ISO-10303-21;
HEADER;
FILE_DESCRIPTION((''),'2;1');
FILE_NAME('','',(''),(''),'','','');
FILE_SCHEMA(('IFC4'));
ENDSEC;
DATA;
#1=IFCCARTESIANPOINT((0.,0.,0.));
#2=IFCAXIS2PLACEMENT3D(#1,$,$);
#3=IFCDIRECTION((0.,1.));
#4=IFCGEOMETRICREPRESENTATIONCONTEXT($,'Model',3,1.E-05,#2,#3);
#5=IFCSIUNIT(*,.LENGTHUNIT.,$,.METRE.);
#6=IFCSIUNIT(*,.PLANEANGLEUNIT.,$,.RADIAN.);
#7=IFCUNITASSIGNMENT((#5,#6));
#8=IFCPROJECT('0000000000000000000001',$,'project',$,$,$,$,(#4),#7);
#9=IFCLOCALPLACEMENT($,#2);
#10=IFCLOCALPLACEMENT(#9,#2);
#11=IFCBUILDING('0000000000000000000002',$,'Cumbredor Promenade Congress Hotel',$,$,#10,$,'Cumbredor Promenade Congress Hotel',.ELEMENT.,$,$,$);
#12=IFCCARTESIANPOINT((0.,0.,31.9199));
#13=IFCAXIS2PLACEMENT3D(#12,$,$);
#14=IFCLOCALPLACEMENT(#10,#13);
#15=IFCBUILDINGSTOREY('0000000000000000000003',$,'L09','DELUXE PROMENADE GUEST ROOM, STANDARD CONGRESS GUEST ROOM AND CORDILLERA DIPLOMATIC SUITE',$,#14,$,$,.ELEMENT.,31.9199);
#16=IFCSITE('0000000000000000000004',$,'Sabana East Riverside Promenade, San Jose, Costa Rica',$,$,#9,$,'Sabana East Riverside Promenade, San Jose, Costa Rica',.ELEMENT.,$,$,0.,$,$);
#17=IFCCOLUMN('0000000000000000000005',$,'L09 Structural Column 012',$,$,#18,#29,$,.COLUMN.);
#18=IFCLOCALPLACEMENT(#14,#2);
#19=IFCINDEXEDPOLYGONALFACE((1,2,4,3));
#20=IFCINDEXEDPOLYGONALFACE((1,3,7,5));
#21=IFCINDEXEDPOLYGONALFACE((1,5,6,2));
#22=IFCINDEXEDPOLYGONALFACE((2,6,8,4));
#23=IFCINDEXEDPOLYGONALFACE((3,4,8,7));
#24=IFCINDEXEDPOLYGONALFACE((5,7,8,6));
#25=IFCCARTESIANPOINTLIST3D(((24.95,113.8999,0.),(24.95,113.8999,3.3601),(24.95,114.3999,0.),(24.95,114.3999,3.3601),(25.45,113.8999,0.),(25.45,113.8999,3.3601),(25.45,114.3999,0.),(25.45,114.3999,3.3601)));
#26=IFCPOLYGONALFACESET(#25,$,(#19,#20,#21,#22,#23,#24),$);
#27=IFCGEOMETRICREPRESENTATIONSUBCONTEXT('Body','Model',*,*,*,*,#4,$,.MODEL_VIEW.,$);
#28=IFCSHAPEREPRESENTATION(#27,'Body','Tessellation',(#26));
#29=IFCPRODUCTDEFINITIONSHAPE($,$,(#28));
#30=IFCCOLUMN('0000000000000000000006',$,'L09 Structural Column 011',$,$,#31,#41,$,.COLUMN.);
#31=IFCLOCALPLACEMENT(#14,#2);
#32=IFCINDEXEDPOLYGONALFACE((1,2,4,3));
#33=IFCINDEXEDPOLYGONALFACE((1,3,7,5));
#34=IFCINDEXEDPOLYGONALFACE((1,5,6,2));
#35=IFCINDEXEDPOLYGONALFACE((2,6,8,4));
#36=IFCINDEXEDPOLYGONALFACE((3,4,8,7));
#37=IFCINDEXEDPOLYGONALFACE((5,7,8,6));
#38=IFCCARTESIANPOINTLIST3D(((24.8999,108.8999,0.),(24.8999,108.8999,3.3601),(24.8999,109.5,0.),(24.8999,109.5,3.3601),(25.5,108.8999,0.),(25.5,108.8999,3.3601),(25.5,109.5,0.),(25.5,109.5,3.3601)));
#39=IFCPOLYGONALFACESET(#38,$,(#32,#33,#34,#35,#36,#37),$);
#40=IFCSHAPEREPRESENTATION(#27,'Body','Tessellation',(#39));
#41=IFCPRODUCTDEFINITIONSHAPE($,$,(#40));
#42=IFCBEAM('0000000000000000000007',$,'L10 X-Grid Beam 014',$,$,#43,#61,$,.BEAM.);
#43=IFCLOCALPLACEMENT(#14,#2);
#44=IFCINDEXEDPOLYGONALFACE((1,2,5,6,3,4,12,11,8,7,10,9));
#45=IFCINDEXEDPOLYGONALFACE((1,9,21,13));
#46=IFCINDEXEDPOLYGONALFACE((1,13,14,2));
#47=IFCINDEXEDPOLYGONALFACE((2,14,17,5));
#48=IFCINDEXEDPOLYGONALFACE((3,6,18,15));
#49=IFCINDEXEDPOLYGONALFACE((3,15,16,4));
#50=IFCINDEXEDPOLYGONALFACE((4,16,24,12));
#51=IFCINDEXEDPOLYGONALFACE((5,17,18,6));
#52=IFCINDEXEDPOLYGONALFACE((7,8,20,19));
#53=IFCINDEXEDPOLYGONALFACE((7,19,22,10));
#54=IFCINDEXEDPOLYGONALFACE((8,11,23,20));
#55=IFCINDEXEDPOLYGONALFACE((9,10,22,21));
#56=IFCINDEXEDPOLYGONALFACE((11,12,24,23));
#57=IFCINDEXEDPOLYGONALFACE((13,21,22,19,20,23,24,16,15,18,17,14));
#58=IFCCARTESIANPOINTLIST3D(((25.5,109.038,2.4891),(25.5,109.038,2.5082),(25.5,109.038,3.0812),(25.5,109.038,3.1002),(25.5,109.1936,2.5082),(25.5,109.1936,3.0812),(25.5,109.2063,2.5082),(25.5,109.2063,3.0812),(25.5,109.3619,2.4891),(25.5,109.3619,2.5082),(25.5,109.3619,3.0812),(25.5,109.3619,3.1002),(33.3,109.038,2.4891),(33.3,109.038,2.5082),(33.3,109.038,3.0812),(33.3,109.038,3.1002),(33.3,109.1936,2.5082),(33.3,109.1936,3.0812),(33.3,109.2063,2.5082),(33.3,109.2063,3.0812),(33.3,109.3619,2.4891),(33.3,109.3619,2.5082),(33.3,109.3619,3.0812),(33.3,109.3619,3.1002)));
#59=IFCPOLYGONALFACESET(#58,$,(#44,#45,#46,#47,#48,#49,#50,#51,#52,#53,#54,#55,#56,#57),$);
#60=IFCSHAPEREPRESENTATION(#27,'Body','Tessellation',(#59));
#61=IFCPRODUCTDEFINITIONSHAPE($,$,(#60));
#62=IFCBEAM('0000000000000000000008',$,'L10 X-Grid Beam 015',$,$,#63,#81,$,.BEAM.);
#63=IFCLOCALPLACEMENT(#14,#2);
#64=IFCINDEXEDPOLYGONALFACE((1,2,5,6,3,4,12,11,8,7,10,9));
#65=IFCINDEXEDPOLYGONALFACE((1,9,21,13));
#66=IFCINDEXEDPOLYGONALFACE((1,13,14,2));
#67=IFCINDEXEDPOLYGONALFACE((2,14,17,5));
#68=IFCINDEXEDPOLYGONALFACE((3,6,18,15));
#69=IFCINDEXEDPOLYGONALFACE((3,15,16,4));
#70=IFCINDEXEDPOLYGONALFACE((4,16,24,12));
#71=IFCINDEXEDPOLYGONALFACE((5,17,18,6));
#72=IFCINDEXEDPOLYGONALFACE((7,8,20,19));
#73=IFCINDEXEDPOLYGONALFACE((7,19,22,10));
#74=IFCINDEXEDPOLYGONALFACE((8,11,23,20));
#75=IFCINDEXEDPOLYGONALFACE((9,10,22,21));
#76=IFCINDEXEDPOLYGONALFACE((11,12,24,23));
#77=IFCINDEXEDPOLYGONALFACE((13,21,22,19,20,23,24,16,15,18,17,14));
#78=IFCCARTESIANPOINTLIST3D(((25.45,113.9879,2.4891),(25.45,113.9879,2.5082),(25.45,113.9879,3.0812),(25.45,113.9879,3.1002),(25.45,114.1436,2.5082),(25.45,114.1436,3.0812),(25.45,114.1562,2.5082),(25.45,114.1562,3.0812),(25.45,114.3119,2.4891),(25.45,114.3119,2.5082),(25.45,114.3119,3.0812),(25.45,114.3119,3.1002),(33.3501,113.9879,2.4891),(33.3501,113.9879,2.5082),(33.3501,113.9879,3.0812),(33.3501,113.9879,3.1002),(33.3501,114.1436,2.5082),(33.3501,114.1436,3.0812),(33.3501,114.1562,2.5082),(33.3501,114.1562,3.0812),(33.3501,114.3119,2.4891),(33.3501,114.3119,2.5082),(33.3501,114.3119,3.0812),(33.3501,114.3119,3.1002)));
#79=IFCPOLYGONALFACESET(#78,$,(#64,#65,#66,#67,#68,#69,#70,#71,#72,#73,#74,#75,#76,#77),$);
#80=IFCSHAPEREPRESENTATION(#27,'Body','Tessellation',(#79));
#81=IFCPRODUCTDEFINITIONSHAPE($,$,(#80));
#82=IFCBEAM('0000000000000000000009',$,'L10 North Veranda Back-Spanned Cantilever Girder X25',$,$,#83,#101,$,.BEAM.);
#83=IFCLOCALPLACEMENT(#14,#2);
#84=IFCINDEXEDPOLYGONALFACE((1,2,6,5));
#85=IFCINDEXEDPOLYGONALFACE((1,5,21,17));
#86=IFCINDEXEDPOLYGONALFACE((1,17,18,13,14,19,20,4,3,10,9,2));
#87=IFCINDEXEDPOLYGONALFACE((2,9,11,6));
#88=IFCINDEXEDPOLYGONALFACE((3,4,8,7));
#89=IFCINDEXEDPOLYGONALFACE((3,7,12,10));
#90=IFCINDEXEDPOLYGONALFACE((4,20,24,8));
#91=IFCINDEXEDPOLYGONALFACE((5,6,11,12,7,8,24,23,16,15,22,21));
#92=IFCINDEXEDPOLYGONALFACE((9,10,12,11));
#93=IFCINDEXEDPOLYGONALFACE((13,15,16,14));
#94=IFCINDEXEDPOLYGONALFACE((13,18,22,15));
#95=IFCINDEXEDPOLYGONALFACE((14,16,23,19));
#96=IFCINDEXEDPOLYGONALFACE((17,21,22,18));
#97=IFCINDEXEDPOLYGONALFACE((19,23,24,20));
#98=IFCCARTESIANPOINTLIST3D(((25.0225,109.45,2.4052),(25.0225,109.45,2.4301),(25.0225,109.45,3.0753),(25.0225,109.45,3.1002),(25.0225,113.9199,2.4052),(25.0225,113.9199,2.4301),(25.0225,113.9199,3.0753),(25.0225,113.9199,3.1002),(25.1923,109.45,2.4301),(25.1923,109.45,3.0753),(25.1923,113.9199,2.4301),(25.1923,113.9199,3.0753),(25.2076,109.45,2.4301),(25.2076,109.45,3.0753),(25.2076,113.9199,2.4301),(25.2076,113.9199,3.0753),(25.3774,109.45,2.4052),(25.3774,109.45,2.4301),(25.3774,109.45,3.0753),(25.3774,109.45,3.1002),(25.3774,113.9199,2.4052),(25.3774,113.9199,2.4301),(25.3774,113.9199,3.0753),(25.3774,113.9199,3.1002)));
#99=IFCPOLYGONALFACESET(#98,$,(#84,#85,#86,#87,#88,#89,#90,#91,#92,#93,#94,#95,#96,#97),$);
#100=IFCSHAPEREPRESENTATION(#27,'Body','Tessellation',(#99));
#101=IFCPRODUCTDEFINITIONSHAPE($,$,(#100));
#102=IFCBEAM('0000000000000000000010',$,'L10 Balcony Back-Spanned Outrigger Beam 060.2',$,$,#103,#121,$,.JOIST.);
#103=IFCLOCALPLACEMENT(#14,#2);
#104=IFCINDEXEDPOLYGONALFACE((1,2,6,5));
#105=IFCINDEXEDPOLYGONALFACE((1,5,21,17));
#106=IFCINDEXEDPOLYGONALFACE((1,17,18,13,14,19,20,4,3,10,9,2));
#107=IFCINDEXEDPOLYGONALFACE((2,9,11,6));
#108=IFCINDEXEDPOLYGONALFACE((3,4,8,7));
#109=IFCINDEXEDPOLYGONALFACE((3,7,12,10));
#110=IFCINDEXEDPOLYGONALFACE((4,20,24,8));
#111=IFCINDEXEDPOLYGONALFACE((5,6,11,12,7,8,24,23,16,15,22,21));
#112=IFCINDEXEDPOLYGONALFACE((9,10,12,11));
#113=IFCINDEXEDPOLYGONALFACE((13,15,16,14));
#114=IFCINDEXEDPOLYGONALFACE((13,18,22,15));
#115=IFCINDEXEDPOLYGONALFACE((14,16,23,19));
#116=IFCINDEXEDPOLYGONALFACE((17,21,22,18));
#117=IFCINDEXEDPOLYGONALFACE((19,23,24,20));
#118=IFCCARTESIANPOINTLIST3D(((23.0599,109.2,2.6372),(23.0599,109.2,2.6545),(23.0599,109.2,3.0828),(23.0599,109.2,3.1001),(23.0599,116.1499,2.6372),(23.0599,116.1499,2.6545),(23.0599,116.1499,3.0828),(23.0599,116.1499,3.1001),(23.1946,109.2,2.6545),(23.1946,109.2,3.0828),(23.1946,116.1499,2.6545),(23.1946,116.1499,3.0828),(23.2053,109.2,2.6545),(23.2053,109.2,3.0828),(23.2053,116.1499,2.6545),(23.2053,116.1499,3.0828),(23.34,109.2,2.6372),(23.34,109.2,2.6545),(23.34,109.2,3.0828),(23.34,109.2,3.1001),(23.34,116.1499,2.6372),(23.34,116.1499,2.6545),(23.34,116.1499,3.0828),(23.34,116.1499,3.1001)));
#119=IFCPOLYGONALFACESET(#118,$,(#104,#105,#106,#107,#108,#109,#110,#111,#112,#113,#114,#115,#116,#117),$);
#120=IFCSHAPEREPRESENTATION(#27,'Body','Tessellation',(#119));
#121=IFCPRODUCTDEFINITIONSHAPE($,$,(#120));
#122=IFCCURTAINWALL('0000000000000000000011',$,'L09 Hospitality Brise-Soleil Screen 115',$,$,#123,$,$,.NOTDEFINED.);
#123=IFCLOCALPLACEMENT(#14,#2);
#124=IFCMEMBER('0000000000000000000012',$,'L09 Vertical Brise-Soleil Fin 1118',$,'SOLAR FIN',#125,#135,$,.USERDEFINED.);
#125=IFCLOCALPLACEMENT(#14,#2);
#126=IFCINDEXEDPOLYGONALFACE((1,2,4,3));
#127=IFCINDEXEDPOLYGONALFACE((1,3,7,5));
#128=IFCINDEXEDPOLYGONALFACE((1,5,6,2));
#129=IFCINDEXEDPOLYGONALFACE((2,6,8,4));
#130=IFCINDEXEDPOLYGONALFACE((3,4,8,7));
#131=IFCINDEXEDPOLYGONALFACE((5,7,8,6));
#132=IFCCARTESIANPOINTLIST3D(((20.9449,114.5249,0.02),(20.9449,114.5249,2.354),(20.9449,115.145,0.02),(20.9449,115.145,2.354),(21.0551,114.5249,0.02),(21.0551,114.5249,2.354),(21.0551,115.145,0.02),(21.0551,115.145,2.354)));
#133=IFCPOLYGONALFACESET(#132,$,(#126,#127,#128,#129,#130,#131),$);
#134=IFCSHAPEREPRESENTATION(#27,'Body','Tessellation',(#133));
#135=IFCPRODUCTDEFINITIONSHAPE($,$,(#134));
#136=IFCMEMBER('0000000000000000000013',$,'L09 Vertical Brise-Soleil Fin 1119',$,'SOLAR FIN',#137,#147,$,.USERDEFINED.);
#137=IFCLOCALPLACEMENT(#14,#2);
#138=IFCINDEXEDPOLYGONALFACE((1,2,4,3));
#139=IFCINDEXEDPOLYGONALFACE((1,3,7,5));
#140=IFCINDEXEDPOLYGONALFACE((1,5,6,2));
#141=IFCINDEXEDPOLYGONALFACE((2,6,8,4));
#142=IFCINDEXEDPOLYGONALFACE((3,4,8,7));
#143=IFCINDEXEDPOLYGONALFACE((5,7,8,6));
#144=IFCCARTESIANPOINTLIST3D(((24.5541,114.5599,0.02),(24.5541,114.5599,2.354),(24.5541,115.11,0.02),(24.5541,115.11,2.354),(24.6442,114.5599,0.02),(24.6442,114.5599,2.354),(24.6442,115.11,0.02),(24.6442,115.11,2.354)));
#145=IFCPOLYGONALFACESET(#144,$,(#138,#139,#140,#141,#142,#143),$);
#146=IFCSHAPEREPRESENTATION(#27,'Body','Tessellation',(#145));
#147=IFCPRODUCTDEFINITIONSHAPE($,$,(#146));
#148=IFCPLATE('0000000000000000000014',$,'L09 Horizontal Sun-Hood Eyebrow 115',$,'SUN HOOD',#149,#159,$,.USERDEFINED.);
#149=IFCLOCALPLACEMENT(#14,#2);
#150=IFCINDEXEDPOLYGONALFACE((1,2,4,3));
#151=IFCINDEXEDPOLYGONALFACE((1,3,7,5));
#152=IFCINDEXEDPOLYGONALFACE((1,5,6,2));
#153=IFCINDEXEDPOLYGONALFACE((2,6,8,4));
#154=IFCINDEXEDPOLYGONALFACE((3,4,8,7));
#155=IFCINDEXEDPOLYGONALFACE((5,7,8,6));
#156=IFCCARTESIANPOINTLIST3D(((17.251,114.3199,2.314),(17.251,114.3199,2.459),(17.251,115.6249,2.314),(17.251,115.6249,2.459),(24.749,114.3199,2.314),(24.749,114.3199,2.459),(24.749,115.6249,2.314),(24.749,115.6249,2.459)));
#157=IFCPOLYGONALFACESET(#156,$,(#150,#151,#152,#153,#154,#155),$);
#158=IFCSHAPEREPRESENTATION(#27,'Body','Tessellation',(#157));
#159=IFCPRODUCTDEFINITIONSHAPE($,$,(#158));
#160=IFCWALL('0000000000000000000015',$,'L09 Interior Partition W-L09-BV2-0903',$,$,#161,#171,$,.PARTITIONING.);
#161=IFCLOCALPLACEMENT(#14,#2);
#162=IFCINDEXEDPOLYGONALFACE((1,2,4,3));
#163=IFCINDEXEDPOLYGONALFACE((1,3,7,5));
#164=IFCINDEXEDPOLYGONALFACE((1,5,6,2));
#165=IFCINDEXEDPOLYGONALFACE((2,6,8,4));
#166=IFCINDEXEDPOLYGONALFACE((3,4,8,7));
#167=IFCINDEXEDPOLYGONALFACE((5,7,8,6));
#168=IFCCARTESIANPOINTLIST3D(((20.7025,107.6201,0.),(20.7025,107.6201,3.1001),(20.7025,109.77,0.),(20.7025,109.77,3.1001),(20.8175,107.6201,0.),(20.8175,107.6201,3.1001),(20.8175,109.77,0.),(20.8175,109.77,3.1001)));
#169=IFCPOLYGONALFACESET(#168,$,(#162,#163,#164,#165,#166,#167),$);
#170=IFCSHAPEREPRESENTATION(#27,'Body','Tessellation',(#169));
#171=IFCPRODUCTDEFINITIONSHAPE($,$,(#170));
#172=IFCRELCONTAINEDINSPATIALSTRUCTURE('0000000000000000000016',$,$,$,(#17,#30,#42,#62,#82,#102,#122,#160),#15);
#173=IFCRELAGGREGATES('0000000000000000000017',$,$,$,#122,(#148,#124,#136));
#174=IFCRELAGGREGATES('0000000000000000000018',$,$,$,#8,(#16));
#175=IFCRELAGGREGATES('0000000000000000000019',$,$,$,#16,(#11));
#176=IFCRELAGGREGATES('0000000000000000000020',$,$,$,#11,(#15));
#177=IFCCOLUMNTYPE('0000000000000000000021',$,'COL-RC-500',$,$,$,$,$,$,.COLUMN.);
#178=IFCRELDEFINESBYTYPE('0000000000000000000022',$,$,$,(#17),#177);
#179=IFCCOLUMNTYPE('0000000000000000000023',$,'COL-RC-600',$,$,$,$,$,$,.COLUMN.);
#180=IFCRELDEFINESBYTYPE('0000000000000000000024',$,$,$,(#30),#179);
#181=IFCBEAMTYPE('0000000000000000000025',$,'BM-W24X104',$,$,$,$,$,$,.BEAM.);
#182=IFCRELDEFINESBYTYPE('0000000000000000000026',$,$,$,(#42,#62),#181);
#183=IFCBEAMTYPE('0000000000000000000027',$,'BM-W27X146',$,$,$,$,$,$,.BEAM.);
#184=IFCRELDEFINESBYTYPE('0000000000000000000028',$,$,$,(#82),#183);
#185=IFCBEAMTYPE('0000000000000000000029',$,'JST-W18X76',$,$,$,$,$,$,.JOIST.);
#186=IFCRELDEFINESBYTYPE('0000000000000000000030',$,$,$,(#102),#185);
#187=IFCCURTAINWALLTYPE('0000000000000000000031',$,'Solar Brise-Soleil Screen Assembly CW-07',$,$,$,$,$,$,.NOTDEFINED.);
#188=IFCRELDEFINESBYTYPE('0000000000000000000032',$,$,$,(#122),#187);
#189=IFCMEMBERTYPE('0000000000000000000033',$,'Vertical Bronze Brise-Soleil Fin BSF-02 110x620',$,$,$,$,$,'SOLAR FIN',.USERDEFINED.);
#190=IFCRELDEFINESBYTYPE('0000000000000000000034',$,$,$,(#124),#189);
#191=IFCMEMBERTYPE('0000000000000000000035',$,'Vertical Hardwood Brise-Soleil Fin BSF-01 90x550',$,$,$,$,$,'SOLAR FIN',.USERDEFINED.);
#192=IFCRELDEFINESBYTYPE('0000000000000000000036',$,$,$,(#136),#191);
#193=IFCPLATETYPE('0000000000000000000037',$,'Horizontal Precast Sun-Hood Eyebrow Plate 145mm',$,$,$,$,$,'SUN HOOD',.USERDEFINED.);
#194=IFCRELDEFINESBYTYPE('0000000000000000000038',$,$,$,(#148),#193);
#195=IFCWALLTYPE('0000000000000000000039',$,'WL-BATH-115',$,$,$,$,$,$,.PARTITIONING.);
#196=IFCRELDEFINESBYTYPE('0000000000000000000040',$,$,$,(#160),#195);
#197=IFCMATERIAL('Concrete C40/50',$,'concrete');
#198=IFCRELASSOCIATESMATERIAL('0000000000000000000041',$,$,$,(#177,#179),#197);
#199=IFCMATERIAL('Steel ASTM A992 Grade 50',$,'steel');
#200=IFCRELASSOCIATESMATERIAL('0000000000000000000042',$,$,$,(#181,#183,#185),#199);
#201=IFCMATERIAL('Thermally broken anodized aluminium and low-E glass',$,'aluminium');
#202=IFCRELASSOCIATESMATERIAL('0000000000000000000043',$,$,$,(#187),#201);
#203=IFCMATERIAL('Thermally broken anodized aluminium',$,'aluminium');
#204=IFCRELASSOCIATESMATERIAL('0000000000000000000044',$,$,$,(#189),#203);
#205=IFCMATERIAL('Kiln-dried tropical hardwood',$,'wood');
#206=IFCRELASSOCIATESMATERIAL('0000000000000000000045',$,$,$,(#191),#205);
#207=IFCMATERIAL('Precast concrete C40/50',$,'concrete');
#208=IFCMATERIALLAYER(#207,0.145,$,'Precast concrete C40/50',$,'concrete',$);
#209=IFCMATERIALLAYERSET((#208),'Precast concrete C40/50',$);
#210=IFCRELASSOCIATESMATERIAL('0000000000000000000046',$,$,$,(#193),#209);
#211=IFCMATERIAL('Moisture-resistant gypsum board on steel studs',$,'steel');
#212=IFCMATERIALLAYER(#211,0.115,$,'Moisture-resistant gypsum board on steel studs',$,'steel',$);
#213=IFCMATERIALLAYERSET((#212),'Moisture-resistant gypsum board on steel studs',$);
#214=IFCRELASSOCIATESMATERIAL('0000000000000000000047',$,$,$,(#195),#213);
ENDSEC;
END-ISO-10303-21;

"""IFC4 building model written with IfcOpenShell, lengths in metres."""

from ifc_helpers import new_model, si_unit, direction, frame, frame_2d, origin, origin_2d, place, context, subcontext, project, spatial, rectangle, i_section, extrude, material, layer, layer_set, material_profile, profile_set, type_object, element, aggregate, save


model = new_model("IFC4")

# Units and contexts
model_context = context("Model", 3, precision=1e-05, world=origin(), true_north=direction((0.0, 1.0)))
body_context = subcontext(model_context, "Body", "Model", "MODEL_VIEW")
ifc_project = project(units=[si_unit("LENGTHUNIT", "METRE"), si_unit("PLANEANGLEUNIT", "RADIAN")], contexts=[model_context])

# Site, building, storey
site_placement = place(None, origin())
site = spatial("IfcSite", under=ifc_project, at=site_placement, Name="Sabana East Riverside Promenade, San Jose, Costa Rica", LongName="Sabana East Riverside Promenade, San Jose, Costa Rica", CompositionType="ELEMENT", RefElevation=0.0)
building_placement = place(site_placement, origin())
building = spatial("IfcBuilding", under=site, at=building_placement, Name="Cumbredor Promenade Congress Hotel", LongName="Cumbredor Promenade Congress Hotel", CompositionType="ELEMENT")
storey_placement = place(building_placement, frame((0.0, 0.0, 31.9199)))
storey = spatial("IfcBuildingStorey", under=building, at=storey_placement, Name="L09", Description="DELUXE PROMENADE GUEST ROOM, STANDARD CONGRESS GUEST ROOM AND CORDILLERA DIPLOMATIC SUITE", CompositionType="ELEMENT", Elevation=31.9199)

# Columns
ifc_material_1 = material(Name="Concrete C40/50", Category="concrete")
ifc_material_profile_1 = material_profile(ifc_material_1, rectangle(XDim=0.5, YDim=0.5, at=origin_2d()), Name="RC 500x500")
ifc_profile_set_1 = profile_set([ifc_material_profile_1], Name="Concrete C40/50")
column_type_1 = type_object("IfcColumnType", Name="COL-RC-500", PredefinedType="COLUMN", material=ifc_profile_set_1)
column_1_placement = place(storey_placement, frame((25.2, 114.1499, 0.0), z_axis=(0.0, 0.0, 1.0), x_axis=(1.0, 0.0, 0.0)))
element("IfcColumn", 1, at=column_1_placement, inside=storey, type_object=column_type_1, Name="L09 Structural Column 012", PredefinedType="COLUMN", context=body_context, shape_type="SweptSolid", body=[
    extrude(rectangle(XDim=0.5, YDim=0.5, at=origin_2d()), origin(), (0.0, 0.0, 1.0), 3.3601),
])
ifc_material_profile_2 = material_profile(ifc_material_1, rectangle(XDim=0.6001, YDim=0.6001, at=origin_2d()), Name="RC 600x600")
ifc_profile_set_2 = profile_set([ifc_material_profile_2], Name="Concrete C40/50")
column_type_2 = type_object("IfcColumnType", Name="COL-RC-600", PredefinedType="COLUMN", material=ifc_profile_set_2)
column_2_placement = place(storey_placement, frame((25.2, 109.2, 0.0), z_axis=(0.0, 0.0, 1.0), x_axis=(1.0, 0.0, 0.0)))
element("IfcColumn", 2, at=column_2_placement, inside=storey, type_object=column_type_2, Name="L09 Structural Column 011", PredefinedType="COLUMN", context=body_context, shape_type="SweptSolid", body=[
    extrude(rectangle(XDim=0.6001, YDim=0.6001, at=origin_2d()), origin(), (0.0, 0.0, 1.0), 3.3601),
])

# Beams
ifc_material_2 = material(Name="Steel ASTM A992 Grade 50", Category="steel")
ifc_material_profile_3 = material_profile(ifc_material_2, i_section(OverallWidth=0.324, OverallDepth=0.6111, WebThickness=0.0127, FlangeThickness=0.019, at=origin_2d()), Name="W24X104")
ifc_profile_set_3 = profile_set([ifc_material_profile_3], Name="Steel ASTM A992 Grade 50")
beam_type_1 = type_object("IfcBeamType", Name="BM-W24X104", PredefinedType="BEAM", material=ifc_profile_set_3)
beam_1_placement = place(storey_placement, frame((25.5, 109.2, 2.7947), z_axis=(1.0, 0.0, 0.0), x_axis=(0.0, 1.0, 0.0)))
element("IfcBeam", 3, at=beam_1_placement, inside=storey, type_object=beam_type_1, Name="L10 X-Grid Beam 014", PredefinedType="BEAM", context=body_context, shape_type="SweptSolid", body=[
    extrude(i_section(OverallWidth=0.324, OverallDepth=0.6111, WebThickness=0.0127, FlangeThickness=0.019, at=origin_2d()), origin(), (0.0, 0.0, 1.0), 7.8),
])
beam_2_placement = place(storey_placement, frame((25.45, 114.1499, 2.7947), z_axis=(1.0, 0.0, 0.0), x_axis=(0.0, 1.0, 0.0)))
element("IfcBeam", 4, at=beam_2_placement, inside=storey, type_object=beam_type_1, Name="L10 X-Grid Beam 015", PredefinedType="BEAM", context=body_context, shape_type="SweptSolid", body=[
    extrude(i_section(OverallWidth=0.324, OverallDepth=0.6111, WebThickness=0.0127, FlangeThickness=0.019, at=origin_2d()), origin(), (0.0, 0.0, 1.0), 7.9001),
])
ifc_material_profile_4 = material_profile(ifc_material_2, i_section(OverallWidth=0.355, OverallDepth=0.6951, WebThickness=0.0154, FlangeThickness=0.0249, at=origin_2d()), Name="W27X146")
ifc_profile_set_4 = profile_set([ifc_material_profile_4], Name="Steel ASTM A992 Grade 50")
beam_type_2 = type_object("IfcBeamType", Name="BM-W27X146", PredefinedType="BEAM", material=ifc_profile_set_4)
beam_3_placement = place(storey_placement, frame((25.2, 109.45, 2.7527), z_axis=(0.0, 1.0, 0.0), x_axis=(-1.0, 0.0, 0.0)))
element("IfcBeam", 5, at=beam_3_placement, inside=storey, type_object=beam_type_2, Name="L10 North Veranda Back-Spanned Cantilever Girder X25", PredefinedType="BEAM", context=body_context, shape_type="SweptSolid", body=[
    extrude(i_section(OverallWidth=0.355, OverallDepth=0.6951, WebThickness=0.0154, FlangeThickness=0.0249, at=origin_2d()), origin(), (0.0, 0.0, 1.0), 4.47),
])
ifc_material_profile_5 = material_profile(ifc_material_2, i_section(OverallWidth=0.28, OverallDepth=0.4629, WebThickness=0.0107, FlangeThickness=0.0173, at=origin_2d()), Name="W18X76")
ifc_profile_set_5 = profile_set([ifc_material_profile_5], Name="Steel ASTM A992 Grade 50")
beam_type_3 = type_object("IfcBeamType", Name="JST-W18X76", PredefinedType="JOIST", material=ifc_profile_set_5)
beam_4_placement = place(storey_placement, frame((23.2, 109.2, 2.8687), z_axis=(0.0, 1.0, 0.0), x_axis=(-1.0, 0.0, 0.0)))
element("IfcBeam", 6, at=beam_4_placement, inside=storey, type_object=beam_type_3, Name="L10 Balcony Back-Spanned Outrigger Beam 060.2", PredefinedType="JOIST", context=body_context, shape_type="SweptSolid", body=[
    extrude(i_section(OverallWidth=0.28, OverallDepth=0.4629, WebThickness=0.0107, FlangeThickness=0.0173, at=origin_2d()), origin(), (0.0, 0.0, 1.0), 6.95),
])

# Curtain wall, members, plate
ifc_material_3 = material(Name="Thermally broken anodized aluminium and low-E glass", Category="aluminium")
curtain_wall_type = type_object("IfcCurtainWallType", Name="Solar Brise-Soleil Screen Assembly CW-07", PredefinedType="NOTDEFINED", material=ifc_material_3)
curtain_wall_placement = place(storey_placement, origin())
curtain_wall = element("IfcCurtainWall", 7, at=curtain_wall_placement, inside=storey, type_object=curtain_wall_type, Name="L09 Hospitality Brise-Soleil Screen 115", PredefinedType="NOTDEFINED")
ifc_material_4 = material(Name="Thermally broken anodized aluminium", Category="aluminium")
ifc_material_profile_6 = material_profile(ifc_material_4, rectangle(XDim=0.1101, YDim=0.6201, at=origin_2d()), Name="ARCH FIN 110x620")
ifc_profile_set_6 = profile_set([ifc_material_profile_6], Name="Thermally broken anodized aluminium")
member_type_1 = type_object("IfcMemberType", Name="Vertical Bronze Brise-Soleil Fin BSF-02 110x620", ElementType="SOLAR FIN", PredefinedType="USERDEFINED", material=ifc_profile_set_6)
member_1_placement = place(storey_placement, frame((21.0, 114.835, 0.02), z_axis=(0.0, 0.0, 1.0), x_axis=(1.0, 0.0, 0.0)))
member_1 = element("IfcMember", 8, at=member_1_placement, type_object=member_type_1, Name="L09 Vertical Brise-Soleil Fin 1118", ObjectType="SOLAR FIN", PredefinedType="USERDEFINED", context=body_context, shape_type="SweptSolid", body=[
    extrude(rectangle(XDim=0.1101, YDim=0.6201, at=origin_2d()), origin(), (0.0, 0.0, 1.0), 2.334),
])
ifc_material_5 = material(Name="Kiln-dried tropical hardwood", Category="wood")
ifc_material_profile_7 = material_profile(ifc_material_5, rectangle(XDim=0.0901, YDim=0.55, at=origin_2d()), Name="ARCH FIN 90x550")
ifc_profile_set_7 = profile_set([ifc_material_profile_7], Name="Kiln-dried tropical hardwood")
member_type_2 = type_object("IfcMemberType", Name="Vertical Hardwood Brise-Soleil Fin BSF-01 90x550", ElementType="SOLAR FIN", PredefinedType="USERDEFINED", material=ifc_profile_set_7)
member_2_placement = place(storey_placement, frame((24.5991, 114.835, 0.02), z_axis=(0.0, 0.0, 1.0), x_axis=(1.0, 0.0, 0.0)))
member_2 = element("IfcMember", 9, at=member_2_placement, type_object=member_type_2, Name="L09 Vertical Brise-Soleil Fin 1119", ObjectType="SOLAR FIN", PredefinedType="USERDEFINED", context=body_context, shape_type="SweptSolid", body=[
    extrude(rectangle(XDim=0.0901, YDim=0.55, at=origin_2d()), origin(), (0.0, 0.0, 1.0), 2.334),
])
ifc_material_6 = material(Name="Precast concrete C40/50", Category="concrete")
ifc_layer_1 = layer(ifc_material_6, 0.145, Name="Precast concrete C40/50", Category="concrete")
ifc_layer_set_1 = layer_set([ifc_layer_1], Name="Precast concrete C40/50")
plate_type = type_object("IfcPlateType", Name="Horizontal Precast Sun-Hood Eyebrow Plate 145mm", ElementType="SUN HOOD", PredefinedType="USERDEFINED", material=ifc_layer_set_1)
plate_placement = place(storey_placement, frame((21.0, 114.9724, 2.314), z_axis=(0.0, 0.0, 1.0), x_axis=(1.0, 0.0, 0.0)))
plate = element("IfcPlate", 10, at=plate_placement, type_object=plate_type, Name="L09 Horizontal Sun-Hood Eyebrow 115", ObjectType="SUN HOOD", PredefinedType="USERDEFINED", context=body_context, shape_type="SweptSolid", body=[
    extrude(rectangle(XDim=7.498, YDim=1.3049, at=origin_2d()), origin(), (0.0, 0.0, 1.0), 0.145),
])
aggregate(curtain_wall, [plate, member_1, member_2])

# Wall
ifc_material_7 = material(Name="Moisture-resistant gypsum board on steel studs", Category="steel")
ifc_layer_2 = layer(ifc_material_7, 0.115, Name="Moisture-resistant gypsum board on steel studs", Category="steel")
ifc_layer_set_2 = layer_set([ifc_layer_2], Name="Moisture-resistant gypsum board on steel studs")
wall_type_1 = type_object("IfcWallType", Name="WL-BATH-115", PredefinedType="PARTITIONING", material=ifc_layer_set_2)
wall_1_placement = place(storey_placement, frame((20.76, 107.6201, 0.0), z_axis=(0.0, 0.0, 1.0), x_axis=(0.0, 1.0, 0.0)))
element("IfcWall", 11, at=wall_1_placement, inside=storey, type_object=wall_type_1, Name="L09 Interior Partition W-L09-BV2-0903", PredefinedType="PARTITIONING", context=body_context, shape_type="SweptSolid", body=[
    extrude(rectangle(XDim=2.1499, YDim=0.115, at=frame_2d((1.075, 0.0))), origin(), (0.0, 0.0, 1.0), 3.1001),
])

save(model, "model.ifc")
